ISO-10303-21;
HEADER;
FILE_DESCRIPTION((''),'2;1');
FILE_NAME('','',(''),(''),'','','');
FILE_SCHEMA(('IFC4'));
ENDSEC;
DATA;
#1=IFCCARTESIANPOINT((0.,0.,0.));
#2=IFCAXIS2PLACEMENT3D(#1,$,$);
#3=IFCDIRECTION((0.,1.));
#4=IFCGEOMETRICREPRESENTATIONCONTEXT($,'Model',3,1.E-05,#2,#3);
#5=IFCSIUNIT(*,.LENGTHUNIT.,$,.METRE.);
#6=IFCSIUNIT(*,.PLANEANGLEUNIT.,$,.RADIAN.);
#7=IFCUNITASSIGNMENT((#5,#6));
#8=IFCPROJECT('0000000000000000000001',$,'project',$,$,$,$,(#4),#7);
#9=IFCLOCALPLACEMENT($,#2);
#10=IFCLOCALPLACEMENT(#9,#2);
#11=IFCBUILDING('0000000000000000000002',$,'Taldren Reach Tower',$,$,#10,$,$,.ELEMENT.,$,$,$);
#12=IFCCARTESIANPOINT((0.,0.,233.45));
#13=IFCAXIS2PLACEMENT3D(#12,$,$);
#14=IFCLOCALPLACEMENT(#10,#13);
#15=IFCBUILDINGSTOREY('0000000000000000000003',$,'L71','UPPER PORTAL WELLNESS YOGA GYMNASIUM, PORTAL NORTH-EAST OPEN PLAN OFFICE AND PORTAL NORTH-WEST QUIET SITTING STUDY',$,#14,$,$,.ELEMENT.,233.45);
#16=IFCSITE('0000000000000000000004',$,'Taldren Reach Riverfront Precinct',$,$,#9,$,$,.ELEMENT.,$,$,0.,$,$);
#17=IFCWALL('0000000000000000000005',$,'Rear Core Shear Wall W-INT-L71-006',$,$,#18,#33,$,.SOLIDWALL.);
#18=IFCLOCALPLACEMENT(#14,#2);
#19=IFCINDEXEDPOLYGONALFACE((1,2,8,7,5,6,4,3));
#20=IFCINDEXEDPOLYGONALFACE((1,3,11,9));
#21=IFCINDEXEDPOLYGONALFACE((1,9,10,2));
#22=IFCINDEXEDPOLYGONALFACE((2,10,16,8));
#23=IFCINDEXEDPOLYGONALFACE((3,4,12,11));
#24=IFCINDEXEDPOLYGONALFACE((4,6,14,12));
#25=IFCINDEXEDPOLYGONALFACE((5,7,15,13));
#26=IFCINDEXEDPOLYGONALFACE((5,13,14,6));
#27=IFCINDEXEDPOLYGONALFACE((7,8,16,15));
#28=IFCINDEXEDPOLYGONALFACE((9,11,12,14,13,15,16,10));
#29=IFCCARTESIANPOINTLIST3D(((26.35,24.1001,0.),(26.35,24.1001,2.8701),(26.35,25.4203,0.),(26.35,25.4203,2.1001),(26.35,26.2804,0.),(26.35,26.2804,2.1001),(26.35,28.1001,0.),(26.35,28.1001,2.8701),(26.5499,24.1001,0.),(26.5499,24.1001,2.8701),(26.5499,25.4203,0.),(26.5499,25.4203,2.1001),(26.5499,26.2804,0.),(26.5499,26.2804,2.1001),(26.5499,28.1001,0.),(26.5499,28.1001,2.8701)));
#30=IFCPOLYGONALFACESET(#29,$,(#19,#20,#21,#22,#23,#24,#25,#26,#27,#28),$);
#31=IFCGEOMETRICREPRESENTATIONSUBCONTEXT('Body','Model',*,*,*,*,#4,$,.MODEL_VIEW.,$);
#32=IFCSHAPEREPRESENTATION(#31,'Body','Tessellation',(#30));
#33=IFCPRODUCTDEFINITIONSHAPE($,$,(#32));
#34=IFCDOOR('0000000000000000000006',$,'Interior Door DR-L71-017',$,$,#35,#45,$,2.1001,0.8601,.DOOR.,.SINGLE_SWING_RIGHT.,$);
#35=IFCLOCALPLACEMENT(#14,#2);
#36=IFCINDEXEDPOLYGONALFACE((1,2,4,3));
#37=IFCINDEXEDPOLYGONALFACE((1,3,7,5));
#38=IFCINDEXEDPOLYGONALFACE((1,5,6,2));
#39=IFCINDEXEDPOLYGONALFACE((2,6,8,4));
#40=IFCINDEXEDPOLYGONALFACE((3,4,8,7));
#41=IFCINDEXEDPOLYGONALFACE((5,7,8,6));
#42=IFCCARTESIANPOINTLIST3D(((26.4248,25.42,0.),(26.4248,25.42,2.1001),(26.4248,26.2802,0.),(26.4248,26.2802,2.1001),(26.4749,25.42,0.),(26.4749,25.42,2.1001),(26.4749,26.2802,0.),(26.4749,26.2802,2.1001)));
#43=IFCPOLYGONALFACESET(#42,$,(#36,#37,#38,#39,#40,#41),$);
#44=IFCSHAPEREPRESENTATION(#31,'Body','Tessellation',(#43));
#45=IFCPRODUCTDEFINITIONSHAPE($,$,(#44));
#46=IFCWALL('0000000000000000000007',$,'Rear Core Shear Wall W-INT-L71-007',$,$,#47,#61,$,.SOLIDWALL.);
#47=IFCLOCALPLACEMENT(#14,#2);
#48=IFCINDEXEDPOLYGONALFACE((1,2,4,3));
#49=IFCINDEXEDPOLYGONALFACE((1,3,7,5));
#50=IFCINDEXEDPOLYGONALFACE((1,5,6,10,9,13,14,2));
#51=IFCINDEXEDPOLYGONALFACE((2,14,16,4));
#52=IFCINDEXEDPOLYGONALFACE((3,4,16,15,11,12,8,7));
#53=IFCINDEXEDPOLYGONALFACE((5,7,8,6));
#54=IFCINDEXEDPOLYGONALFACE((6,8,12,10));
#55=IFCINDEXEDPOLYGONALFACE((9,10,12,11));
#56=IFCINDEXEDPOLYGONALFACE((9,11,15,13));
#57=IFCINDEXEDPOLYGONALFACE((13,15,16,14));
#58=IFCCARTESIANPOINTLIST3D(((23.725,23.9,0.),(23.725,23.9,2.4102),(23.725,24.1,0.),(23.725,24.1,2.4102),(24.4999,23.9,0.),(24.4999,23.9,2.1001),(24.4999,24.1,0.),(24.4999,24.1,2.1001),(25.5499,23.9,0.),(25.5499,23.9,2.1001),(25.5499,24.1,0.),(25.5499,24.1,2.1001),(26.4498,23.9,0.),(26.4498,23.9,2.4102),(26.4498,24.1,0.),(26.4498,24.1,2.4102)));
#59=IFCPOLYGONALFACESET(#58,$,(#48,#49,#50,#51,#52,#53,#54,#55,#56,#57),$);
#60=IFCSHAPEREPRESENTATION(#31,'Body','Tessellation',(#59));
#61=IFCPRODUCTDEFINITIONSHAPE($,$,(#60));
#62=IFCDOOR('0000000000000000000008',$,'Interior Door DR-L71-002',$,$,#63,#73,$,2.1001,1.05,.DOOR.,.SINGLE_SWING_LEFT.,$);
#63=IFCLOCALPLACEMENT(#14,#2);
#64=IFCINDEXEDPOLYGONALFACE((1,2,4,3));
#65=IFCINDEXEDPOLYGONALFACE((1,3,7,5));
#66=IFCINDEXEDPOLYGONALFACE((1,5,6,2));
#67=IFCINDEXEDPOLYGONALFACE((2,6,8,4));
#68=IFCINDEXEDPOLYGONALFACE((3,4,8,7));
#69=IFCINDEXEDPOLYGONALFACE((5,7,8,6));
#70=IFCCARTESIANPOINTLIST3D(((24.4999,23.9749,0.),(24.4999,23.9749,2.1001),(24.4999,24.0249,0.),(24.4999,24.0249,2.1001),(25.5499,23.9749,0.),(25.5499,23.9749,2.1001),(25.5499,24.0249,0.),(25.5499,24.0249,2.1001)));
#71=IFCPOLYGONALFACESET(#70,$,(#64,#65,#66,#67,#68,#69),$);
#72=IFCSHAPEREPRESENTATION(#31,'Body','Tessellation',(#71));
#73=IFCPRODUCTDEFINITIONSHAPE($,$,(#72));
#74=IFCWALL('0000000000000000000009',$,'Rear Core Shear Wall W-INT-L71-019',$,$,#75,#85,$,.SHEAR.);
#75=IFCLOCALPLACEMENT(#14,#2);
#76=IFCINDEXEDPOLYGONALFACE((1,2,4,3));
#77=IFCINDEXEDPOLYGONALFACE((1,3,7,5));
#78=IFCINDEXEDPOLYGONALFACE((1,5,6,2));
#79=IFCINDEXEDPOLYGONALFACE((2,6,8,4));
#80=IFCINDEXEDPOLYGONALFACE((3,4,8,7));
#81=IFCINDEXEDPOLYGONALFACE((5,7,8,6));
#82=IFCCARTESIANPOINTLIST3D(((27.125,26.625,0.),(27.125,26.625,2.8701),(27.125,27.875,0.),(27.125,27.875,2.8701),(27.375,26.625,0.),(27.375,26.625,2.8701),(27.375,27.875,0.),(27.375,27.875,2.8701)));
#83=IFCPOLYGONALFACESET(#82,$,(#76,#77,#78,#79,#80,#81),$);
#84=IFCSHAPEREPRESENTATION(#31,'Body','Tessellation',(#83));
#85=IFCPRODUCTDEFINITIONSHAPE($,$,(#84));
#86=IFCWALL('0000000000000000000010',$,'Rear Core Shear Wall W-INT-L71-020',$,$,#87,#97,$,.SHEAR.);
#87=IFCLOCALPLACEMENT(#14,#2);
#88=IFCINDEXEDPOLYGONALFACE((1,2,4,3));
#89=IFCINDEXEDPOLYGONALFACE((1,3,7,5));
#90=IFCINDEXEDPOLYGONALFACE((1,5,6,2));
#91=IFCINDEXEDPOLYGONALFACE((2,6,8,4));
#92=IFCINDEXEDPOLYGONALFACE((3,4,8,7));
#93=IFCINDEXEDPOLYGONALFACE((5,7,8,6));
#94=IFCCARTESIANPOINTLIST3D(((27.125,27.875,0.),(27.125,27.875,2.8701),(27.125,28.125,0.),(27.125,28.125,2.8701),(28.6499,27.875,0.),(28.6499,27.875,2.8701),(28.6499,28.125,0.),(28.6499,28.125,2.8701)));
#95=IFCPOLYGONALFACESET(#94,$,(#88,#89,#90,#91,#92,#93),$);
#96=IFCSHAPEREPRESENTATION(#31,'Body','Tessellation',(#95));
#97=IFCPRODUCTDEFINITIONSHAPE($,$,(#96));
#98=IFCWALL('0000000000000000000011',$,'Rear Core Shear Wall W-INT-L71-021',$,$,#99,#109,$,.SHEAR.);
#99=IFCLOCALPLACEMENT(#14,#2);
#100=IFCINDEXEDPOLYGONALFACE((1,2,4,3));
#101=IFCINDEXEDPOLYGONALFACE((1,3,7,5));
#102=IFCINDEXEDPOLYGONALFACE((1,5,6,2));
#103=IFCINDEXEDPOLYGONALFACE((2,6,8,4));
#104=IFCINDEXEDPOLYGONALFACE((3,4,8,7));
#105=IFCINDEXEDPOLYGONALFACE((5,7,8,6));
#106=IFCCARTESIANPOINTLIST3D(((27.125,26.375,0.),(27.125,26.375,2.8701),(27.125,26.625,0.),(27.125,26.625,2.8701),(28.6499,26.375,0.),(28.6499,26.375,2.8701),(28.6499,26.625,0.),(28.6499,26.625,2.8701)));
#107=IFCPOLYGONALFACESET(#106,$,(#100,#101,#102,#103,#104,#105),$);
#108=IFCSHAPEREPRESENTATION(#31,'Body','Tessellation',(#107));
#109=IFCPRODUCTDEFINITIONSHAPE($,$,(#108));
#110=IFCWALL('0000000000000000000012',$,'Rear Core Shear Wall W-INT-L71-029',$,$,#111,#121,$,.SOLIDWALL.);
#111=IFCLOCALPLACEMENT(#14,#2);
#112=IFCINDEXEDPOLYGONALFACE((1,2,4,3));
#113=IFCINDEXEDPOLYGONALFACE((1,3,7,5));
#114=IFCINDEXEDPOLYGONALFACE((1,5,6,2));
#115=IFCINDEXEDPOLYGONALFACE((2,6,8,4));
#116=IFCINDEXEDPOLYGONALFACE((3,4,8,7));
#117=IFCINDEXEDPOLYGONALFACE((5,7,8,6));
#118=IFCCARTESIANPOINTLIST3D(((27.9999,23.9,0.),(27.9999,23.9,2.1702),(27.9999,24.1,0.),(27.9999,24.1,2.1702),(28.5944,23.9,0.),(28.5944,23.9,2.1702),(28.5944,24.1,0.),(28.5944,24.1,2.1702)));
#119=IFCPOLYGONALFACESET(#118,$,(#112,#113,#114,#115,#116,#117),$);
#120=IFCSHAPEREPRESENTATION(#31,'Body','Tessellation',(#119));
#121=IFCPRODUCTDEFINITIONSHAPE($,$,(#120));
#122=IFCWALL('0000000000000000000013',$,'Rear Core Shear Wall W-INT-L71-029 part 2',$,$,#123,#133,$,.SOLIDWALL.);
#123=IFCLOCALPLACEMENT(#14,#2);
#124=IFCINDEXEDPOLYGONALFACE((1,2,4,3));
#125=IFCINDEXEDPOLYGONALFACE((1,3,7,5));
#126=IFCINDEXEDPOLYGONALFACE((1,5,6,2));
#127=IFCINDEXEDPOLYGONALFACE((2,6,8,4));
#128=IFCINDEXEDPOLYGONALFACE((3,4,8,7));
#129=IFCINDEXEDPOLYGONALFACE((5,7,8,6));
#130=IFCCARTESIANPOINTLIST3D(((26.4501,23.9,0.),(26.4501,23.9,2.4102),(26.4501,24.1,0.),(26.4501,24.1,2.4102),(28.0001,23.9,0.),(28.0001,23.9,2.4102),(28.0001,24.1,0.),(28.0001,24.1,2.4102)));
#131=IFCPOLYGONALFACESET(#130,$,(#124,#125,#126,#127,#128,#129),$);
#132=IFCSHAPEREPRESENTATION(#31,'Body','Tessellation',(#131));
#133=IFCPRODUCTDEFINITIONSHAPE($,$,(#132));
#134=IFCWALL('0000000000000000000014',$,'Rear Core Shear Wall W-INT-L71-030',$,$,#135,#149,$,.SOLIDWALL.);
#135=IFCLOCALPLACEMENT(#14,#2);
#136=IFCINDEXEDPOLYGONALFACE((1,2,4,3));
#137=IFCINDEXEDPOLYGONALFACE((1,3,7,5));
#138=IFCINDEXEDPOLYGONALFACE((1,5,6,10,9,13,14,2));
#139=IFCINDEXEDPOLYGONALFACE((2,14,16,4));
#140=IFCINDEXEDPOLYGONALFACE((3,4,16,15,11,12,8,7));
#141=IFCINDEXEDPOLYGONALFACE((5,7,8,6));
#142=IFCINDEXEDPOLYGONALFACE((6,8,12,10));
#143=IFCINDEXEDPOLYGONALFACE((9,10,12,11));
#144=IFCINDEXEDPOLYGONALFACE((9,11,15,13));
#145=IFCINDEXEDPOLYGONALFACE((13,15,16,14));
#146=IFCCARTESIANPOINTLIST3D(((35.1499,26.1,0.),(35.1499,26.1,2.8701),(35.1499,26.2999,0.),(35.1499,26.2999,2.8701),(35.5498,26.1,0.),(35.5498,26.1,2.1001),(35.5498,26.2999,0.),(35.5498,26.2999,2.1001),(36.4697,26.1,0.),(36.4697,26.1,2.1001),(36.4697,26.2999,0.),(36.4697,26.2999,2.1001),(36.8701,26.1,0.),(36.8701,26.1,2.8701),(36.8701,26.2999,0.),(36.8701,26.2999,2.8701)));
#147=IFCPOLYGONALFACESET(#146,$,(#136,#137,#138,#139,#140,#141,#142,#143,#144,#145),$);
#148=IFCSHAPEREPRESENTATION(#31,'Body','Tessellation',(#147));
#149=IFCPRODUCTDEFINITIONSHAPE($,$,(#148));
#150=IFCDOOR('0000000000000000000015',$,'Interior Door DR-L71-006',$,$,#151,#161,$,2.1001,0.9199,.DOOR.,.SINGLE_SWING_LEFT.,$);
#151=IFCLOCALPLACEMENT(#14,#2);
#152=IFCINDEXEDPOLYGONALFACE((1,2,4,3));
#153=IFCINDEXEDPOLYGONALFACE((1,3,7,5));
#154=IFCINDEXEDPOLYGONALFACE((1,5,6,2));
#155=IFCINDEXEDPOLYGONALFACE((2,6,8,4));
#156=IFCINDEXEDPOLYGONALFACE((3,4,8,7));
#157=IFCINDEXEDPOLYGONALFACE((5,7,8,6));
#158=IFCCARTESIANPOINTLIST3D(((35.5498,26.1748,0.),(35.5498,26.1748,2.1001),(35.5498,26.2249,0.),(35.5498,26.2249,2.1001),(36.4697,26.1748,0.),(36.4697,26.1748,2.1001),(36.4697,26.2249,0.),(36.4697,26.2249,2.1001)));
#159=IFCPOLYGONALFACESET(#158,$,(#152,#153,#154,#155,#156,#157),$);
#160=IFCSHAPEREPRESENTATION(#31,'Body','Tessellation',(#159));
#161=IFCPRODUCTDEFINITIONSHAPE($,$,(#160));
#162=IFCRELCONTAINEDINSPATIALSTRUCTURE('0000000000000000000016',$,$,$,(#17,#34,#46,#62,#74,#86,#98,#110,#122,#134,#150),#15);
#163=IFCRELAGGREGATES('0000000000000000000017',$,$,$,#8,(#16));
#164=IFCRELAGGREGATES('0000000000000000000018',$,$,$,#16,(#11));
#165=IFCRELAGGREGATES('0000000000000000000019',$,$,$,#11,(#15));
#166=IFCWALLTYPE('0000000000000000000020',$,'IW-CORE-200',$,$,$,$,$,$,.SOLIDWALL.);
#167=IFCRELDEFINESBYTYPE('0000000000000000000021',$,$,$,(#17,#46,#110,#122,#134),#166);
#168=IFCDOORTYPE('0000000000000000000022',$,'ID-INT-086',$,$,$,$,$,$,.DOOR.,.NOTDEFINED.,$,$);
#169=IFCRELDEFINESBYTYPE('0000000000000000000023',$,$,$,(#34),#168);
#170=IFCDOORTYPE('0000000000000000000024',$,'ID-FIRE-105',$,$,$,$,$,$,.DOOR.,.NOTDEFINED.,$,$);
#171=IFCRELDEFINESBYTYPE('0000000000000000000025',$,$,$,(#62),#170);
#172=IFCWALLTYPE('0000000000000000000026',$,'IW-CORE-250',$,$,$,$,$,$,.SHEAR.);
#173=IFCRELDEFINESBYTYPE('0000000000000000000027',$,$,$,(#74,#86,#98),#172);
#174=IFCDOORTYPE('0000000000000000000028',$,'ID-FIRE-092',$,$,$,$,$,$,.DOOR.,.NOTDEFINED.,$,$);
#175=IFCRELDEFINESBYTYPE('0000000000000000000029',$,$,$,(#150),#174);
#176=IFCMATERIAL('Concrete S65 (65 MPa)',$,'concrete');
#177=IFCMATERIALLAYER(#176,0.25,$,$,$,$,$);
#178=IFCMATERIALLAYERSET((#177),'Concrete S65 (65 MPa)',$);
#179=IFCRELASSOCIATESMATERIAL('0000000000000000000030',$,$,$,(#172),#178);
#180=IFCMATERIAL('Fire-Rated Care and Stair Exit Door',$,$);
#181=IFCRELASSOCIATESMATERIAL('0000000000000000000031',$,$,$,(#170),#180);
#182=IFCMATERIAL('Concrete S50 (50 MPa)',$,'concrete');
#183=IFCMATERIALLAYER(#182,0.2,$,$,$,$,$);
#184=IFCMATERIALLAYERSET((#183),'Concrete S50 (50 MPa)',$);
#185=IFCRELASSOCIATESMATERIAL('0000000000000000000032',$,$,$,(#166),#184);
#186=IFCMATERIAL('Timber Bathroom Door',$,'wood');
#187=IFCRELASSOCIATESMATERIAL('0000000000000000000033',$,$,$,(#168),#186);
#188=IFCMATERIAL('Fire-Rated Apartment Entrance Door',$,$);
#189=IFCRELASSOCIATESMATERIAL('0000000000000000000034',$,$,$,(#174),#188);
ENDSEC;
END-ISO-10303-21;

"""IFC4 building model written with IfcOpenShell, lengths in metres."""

from ifc_helpers import new_model, si_unit, direction, frame, frame_2d, origin, place, context, subcontext, project, spatial, rectangle, extrude, source, transform, mapped, material, layer, layer_set, type_object, element, fill, save


model = new_model("IFC4")

# Units and contexts
model_context = context("Model", 3, precision=1e-05, world=origin(), true_north=direction((0.0, 1.0)))
body_context = subcontext(model_context, "Body", "Model", "MODEL_VIEW")
ifc_project = project(units=[si_unit("LENGTHUNIT", "METRE"), si_unit("PLANEANGLEUNIT", "RADIAN")], contexts=[model_context])

# Site, building, storey
site_placement = place(None, origin())
site = spatial("IfcSite", under=ifc_project, at=site_placement, Name="Taldren Reach Riverfront Precinct", CompositionType="ELEMENT", RefElevation=0.0)
building_placement = place(site_placement, origin())
building = spatial("IfcBuilding", under=site, at=building_placement, Name="Taldren Reach Tower", CompositionType="ELEMENT")
storey_placement = place(building_placement, frame((0.0, 0.0, 233.45)))
storey = spatial("IfcBuildingStorey", under=building, at=storey_placement, Name="L71", Description="UPPER PORTAL WELLNESS YOGA GYMNASIUM, PORTAL NORTH-EAST OPEN PLAN OFFICE AND PORTAL NORTH-WEST QUIET SITTING STUDY", CompositionType="ELEMENT", Elevation=233.45)

# Shared definitions
ifc_material_1 = material(Name="Concrete S65 (65 MPa)", Category="concrete")
ifc_layer_1 = layer(ifc_material_1, 0.25)
ifc_layer_set_1 = layer_set([ifc_layer_1], Name="Concrete S65 (65 MPa)")
wall_type_1 = type_object("IfcWallType", Name="IW-CORE-250", PredefinedType="SHEAR", material=ifc_layer_set_1)

# Walls, openings, doors
ifc_material_2 = material(Name="Fire-Rated Care and Stair Exit Door")
door_type_1 = type_object("IfcDoorType", Name="ID-FIRE-105", OperationType="NOTDEFINED", PredefinedType="DOOR", material=ifc_material_2)
shared_shape_1 = source(origin(), body_context, "Body", "SweptSolid", [
    extrude(rectangle(XDim=1.05, YDim=2.1001, at=frame_2d((0.5249, 1.05))), frame((0.0, 0.0249, 0.0), z_axis=(0.0, -1.0, 0.0), x_axis=(1.0, 0.0, 0.0)), (0.0, 0.0, 1.0), 0.05),
])
ifc_material_3 = material(Name="Concrete S50 (50 MPa)", Category="concrete")
ifc_layer_2 = layer(ifc_material_3, 0.2)
ifc_layer_set_2 = layer_set([ifc_layer_2], Name="Concrete S50 (50 MPa)")
wall_type_2 = type_object("IfcWallType", Name="IW-CORE-200", PredefinedType="SOLIDWALL", material=ifc_layer_set_2)
shared_shape_2 = source(origin(), body_context, "Body", "SweptSolid", [
    extrude(rectangle(XDim=4.0, YDim=0.2, at=frame_2d((2.0, 0.0))), origin(), (0.0, 0.0, 1.0), 2.8701),
])
wall_1_placement = place(storey_placement, frame((26.45, 24.1001, 0.0), z_axis=(0.0, 0.0, 1.0), x_axis=(0.0, 1.0, 0.0)))
wall_1 = element("IfcWall", 1, at=wall_1_placement, inside=storey, type_object=wall_type_2, Name="Rear Core Shear Wall W-INT-L71-006", PredefinedType="SOLIDWALL", context=body_context, shape_type="MappedRepresentation", body=[
    mapped(shared_shape_2, transform((0.0, 0.0, 0.0), scale=1.0)),
])
shared_shape_3 = source(origin(), body_context, "Body", "SweptSolid", [
    extrude(rectangle(XDim=0.8601, YDim=2.1001, at=frame_2d((0.4302, 1.05))), frame((0.0, 0.1099, 0.0), z_axis=(0.0, -1.0, 0.0), x_axis=(1.0, 0.0, 0.0)), (0.0, 0.0, 1.0), 0.22),
])
opening_1_placement = place(wall_1_placement, frame((1.3201, 0.0, 0.0)))
opening_1 = element("IfcOpeningElement", 2, at=opening_1_placement, cuts=wall_1, PredefinedType="OPENING", context=body_context, shape_type="MappedRepresentation", body=[
    mapped(shared_shape_3, transform((0.0, 0.0, 0.0), scale=1.0)),
])
ifc_material_4 = material(Name="Timber Bathroom Door", Category="wood")
door_type_2 = type_object("IfcDoorType", Name="ID-INT-086", OperationType="NOTDEFINED", PredefinedType="DOOR", material=ifc_material_4)
shared_shape_4 = source(origin(), body_context, "Body", "SweptSolid", [
    extrude(rectangle(XDim=0.8601, YDim=2.1001, at=frame_2d((0.4302, 1.05))), frame((0.0, 0.0249, 0.0), z_axis=(0.0, -1.0, 0.0), x_axis=(1.0, 0.0, 0.0)), (0.0, 0.0, 1.0), 0.05),
])
door_1_placement = place(opening_1_placement, frame((0.8601, 0.0, 0.0), z_axis=(0.0, 0.0, 1.0), x_axis=(-1.0, 0.0, 0.0)))
door_1 = element("IfcDoor", 3, at=door_1_placement, inside=storey, type_object=door_type_2, Name="Interior Door DR-L71-017", OperationType="SINGLE_SWING_RIGHT", OverallHeight=2.1001, OverallWidth=0.8601, PredefinedType="DOOR", context=body_context, shape_type="MappedRepresentation", body=[
    mapped(shared_shape_4, transform((0.0, 0.0, 0.0), scale=1.0)),
])
fill(opening_1, door_1)
shared_shape_5 = source(origin(), body_context, "Body", "SweptSolid", [
    extrude(rectangle(XDim=2.7249, YDim=0.2, at=frame_2d((1.3623, 0.0))), origin(), (0.0, 0.0, 1.0), 2.4102),
])
wall_2_placement = place(storey_placement, frame((23.7251, 24.0, 0.0), z_axis=(0.0, 0.0, 1.0), x_axis=(1.0, 0.0, 0.0)))
wall_2 = element("IfcWall", 4, at=wall_2_placement, inside=storey, type_object=wall_type_2, Name="Rear Core Shear Wall W-INT-L71-007", PredefinedType="SOLIDWALL", context=body_context, shape_type="MappedRepresentation", body=[
    mapped(shared_shape_5, transform((0.0, 0.0, 0.0), scale=1.0)),
])
shared_shape_6 = source(origin(), body_context, "Body", "SweptSolid", [
    extrude(rectangle(XDim=1.05, YDim=2.1001, at=frame_2d((0.5249, 1.05))), frame((0.0, 0.1099, 0.0), z_axis=(0.0, -1.0, 0.0), x_axis=(1.0, 0.0, 0.0)), (0.0, 0.0, 1.0), 0.22),
])
opening_2_placement = place(wall_2_placement, frame((0.7749, 0.0, 0.0)))
opening_2 = element("IfcOpeningElement", 5, at=opening_2_placement, cuts=wall_2, PredefinedType="OPENING", context=body_context, shape_type="MappedRepresentation", body=[
    mapped(shared_shape_6, transform((0.0, 0.0, 0.0), scale=1.0)),
])
door_2_placement = place(opening_2_placement, origin())
door_2 = element("IfcDoor", 6, at=door_2_placement, inside=storey, type_object=door_type_1, Name="Interior Door DR-L71-002", OperationType="SINGLE_SWING_LEFT", OverallHeight=2.1001, OverallWidth=1.05, PredefinedType="DOOR", context=body_context, shape_type="MappedRepresentation", body=[
    mapped(shared_shape_1, transform((0.0, 0.0, 0.0), scale=1.0)),
])
fill(opening_2, door_2)

# Walls
shared_shape_7 = source(origin(), body_context, "Body", "SweptSolid", [
    extrude(rectangle(XDim=1.25, YDim=0.25, at=frame_2d((0.625, 0.0))), origin(), (0.0, 0.0, 1.0), 2.8701),
])
wall_3_placement = place(storey_placement, frame((27.25, 27.875, 0.0), z_axis=(0.0, 0.0, 1.0), x_axis=(0.0, -1.0, 0.0)))
element("IfcWall", 7, at=wall_3_placement, inside=storey, type_object=wall_type_1, Name="Rear Core Shear Wall W-INT-L71-019", PredefinedType="SHEAR", context=body_context, shape_type="MappedRepresentation", body=[
    mapped(shared_shape_7, transform((0.0, 0.0, 0.0), scale=1.0)),
])
shared_shape_8 = source(origin(), body_context, "Body", "SweptSolid", [
    extrude(rectangle(XDim=1.5249, YDim=0.25, at=frame_2d((0.7625, 0.0))), origin(), (0.0, 0.0, 1.0), 2.8701),
])
for number, where, z_axis, x_axis, name in (
    (8, (28.6499, 28.0, 0.0), (0.0, 0.0, 1.0), (-1.0, 0.0, 0.0), "Rear Core Shear Wall W-INT-L71-020"),
    (9, (27.125, 26.5, 0.0), (0.0, 0.0, 1.0), (1.0, 0.0, 0.0), "Rear Core Shear Wall W-INT-L71-021"),
):
    element("IfcWall", number, at=place(storey_placement, frame(where, z_axis=z_axis, x_axis=x_axis)), inside=storey, type_object=wall_type_1, Name=name, PredefinedType="SHEAR", context=body_context, shape_type="MappedRepresentation", body=[
        mapped(shared_shape_8, transform((0.0, 0.0, 0.0), scale=1.0)),
    ])
shared_shape_9 = source(origin(), body_context, "Body", "SweptSolid", [
    extrude(rectangle(XDim=0.5945, YDim=0.2, at=frame_2d((0.2974, 0.0))), origin(), (0.0, 0.0, 1.0), 2.1702),
])
wall_4_placement = place(storey_placement, frame((28.5945, 24.0, 0.0), z_axis=(0.0, 0.0, 1.0), x_axis=(-1.0, 0.0, 0.0)))
element("IfcWall", 10, at=wall_4_placement, inside=storey, type_object=wall_type_2, Name="Rear Core Shear Wall W-INT-L71-029", PredefinedType="SOLIDWALL", context=body_context, shape_type="MappedRepresentation", body=[
    mapped(shared_shape_9, transform((0.0, 0.0, 0.0), scale=1.0)),
])
shared_shape_10 = source(origin(), body_context, "Body", "SweptSolid", [
    extrude(rectangle(XDim=1.55, YDim=0.2, at=frame_2d((0.7749, 0.0))), origin(), (0.0, 0.0, 1.0), 2.4102),
])
wall_5_placement = place(storey_placement, frame((28.0, 24.0, 0.0), z_axis=(0.0, 0.0, 1.0), x_axis=(-1.0, 0.0, 0.0)))
element("IfcWall", 11, at=wall_5_placement, inside=storey, type_object=wall_type_2, Name="Rear Core Shear Wall W-INT-L71-029 part 2", PredefinedType="SOLIDWALL", context=body_context, shape_type="MappedRepresentation", body=[
    mapped(shared_shape_10, transform((0.0, 0.0, 0.0), scale=1.0)),
])

# Wall, opening, door
shared_shape_11 = source(origin(), body_context, "Body", "SweptSolid", [
    extrude(rectangle(XDim=1.7202, YDim=0.2, at=frame_2d((0.8601, 0.0))), origin(), (0.0, 0.0, 1.0), 2.8701),
])
wall_6_placement = place(storey_placement, frame((35.1499, 26.2, 0.0), z_axis=(0.0, 0.0, 1.0), x_axis=(1.0, 0.0, 0.0)))
wall_6 = element("IfcWall", 12, at=wall_6_placement, inside=storey, type_object=wall_type_2, Name="Rear Core Shear Wall W-INT-L71-030", PredefinedType="SOLIDWALL", context=body_context, shape_type="MappedRepresentation", body=[
    mapped(shared_shape_11, transform((0.0, 0.0, 0.0), scale=1.0)),
])
shared_shape_12 = source(origin(), body_context, "Body", "SweptSolid", [
    extrude(rectangle(XDim=0.9199, YDim=2.1001, at=frame_2d((0.46, 1.05))), frame((0.0, 0.1099, 0.0), z_axis=(0.0, -1.0, 0.0), x_axis=(1.0, 0.0, 0.0)), (0.0, 0.0, 1.0), 0.22),
])
opening_3_placement = place(wall_6_placement, frame((0.3999, 0.0, 0.0)))
opening_3 = element("IfcOpeningElement", 13, at=opening_3_placement, cuts=wall_6, PredefinedType="OPENING", context=body_context, shape_type="MappedRepresentation", body=[
    mapped(shared_shape_12, transform((0.0, 0.0, 0.0), scale=1.0)),
])
ifc_material_5 = material(Name="Fire-Rated Apartment Entrance Door")
door_type_3 = type_object("IfcDoorType", Name="ID-FIRE-092", OperationType="NOTDEFINED", PredefinedType="DOOR", material=ifc_material_5)
shared_shape_13 = source(origin(), body_context, "Body", "SweptSolid", [
    extrude(rectangle(XDim=0.9199, YDim=2.1001, at=frame_2d((0.46, 1.05))), frame((0.0, 0.0249, 0.0), z_axis=(0.0, -1.0, 0.0), x_axis=(1.0, 0.0, 0.0)), (0.0, 0.0, 1.0), 0.05),
])
door_3_placement = place(opening_3_placement, origin())
door_3 = element("IfcDoor", 14, at=door_3_placement, inside=storey, type_object=door_type_3, Name="Interior Door DR-L71-006", OperationType="SINGLE_SWING_LEFT", OverallHeight=2.1001, OverallWidth=0.9199, PredefinedType="DOOR", context=body_context, shape_type="MappedRepresentation", body=[
    mapped(shared_shape_13, transform((0.0, 0.0, 0.0), scale=1.0)),
])
fill(opening_3, door_3)

save(model, "model.ifc")
